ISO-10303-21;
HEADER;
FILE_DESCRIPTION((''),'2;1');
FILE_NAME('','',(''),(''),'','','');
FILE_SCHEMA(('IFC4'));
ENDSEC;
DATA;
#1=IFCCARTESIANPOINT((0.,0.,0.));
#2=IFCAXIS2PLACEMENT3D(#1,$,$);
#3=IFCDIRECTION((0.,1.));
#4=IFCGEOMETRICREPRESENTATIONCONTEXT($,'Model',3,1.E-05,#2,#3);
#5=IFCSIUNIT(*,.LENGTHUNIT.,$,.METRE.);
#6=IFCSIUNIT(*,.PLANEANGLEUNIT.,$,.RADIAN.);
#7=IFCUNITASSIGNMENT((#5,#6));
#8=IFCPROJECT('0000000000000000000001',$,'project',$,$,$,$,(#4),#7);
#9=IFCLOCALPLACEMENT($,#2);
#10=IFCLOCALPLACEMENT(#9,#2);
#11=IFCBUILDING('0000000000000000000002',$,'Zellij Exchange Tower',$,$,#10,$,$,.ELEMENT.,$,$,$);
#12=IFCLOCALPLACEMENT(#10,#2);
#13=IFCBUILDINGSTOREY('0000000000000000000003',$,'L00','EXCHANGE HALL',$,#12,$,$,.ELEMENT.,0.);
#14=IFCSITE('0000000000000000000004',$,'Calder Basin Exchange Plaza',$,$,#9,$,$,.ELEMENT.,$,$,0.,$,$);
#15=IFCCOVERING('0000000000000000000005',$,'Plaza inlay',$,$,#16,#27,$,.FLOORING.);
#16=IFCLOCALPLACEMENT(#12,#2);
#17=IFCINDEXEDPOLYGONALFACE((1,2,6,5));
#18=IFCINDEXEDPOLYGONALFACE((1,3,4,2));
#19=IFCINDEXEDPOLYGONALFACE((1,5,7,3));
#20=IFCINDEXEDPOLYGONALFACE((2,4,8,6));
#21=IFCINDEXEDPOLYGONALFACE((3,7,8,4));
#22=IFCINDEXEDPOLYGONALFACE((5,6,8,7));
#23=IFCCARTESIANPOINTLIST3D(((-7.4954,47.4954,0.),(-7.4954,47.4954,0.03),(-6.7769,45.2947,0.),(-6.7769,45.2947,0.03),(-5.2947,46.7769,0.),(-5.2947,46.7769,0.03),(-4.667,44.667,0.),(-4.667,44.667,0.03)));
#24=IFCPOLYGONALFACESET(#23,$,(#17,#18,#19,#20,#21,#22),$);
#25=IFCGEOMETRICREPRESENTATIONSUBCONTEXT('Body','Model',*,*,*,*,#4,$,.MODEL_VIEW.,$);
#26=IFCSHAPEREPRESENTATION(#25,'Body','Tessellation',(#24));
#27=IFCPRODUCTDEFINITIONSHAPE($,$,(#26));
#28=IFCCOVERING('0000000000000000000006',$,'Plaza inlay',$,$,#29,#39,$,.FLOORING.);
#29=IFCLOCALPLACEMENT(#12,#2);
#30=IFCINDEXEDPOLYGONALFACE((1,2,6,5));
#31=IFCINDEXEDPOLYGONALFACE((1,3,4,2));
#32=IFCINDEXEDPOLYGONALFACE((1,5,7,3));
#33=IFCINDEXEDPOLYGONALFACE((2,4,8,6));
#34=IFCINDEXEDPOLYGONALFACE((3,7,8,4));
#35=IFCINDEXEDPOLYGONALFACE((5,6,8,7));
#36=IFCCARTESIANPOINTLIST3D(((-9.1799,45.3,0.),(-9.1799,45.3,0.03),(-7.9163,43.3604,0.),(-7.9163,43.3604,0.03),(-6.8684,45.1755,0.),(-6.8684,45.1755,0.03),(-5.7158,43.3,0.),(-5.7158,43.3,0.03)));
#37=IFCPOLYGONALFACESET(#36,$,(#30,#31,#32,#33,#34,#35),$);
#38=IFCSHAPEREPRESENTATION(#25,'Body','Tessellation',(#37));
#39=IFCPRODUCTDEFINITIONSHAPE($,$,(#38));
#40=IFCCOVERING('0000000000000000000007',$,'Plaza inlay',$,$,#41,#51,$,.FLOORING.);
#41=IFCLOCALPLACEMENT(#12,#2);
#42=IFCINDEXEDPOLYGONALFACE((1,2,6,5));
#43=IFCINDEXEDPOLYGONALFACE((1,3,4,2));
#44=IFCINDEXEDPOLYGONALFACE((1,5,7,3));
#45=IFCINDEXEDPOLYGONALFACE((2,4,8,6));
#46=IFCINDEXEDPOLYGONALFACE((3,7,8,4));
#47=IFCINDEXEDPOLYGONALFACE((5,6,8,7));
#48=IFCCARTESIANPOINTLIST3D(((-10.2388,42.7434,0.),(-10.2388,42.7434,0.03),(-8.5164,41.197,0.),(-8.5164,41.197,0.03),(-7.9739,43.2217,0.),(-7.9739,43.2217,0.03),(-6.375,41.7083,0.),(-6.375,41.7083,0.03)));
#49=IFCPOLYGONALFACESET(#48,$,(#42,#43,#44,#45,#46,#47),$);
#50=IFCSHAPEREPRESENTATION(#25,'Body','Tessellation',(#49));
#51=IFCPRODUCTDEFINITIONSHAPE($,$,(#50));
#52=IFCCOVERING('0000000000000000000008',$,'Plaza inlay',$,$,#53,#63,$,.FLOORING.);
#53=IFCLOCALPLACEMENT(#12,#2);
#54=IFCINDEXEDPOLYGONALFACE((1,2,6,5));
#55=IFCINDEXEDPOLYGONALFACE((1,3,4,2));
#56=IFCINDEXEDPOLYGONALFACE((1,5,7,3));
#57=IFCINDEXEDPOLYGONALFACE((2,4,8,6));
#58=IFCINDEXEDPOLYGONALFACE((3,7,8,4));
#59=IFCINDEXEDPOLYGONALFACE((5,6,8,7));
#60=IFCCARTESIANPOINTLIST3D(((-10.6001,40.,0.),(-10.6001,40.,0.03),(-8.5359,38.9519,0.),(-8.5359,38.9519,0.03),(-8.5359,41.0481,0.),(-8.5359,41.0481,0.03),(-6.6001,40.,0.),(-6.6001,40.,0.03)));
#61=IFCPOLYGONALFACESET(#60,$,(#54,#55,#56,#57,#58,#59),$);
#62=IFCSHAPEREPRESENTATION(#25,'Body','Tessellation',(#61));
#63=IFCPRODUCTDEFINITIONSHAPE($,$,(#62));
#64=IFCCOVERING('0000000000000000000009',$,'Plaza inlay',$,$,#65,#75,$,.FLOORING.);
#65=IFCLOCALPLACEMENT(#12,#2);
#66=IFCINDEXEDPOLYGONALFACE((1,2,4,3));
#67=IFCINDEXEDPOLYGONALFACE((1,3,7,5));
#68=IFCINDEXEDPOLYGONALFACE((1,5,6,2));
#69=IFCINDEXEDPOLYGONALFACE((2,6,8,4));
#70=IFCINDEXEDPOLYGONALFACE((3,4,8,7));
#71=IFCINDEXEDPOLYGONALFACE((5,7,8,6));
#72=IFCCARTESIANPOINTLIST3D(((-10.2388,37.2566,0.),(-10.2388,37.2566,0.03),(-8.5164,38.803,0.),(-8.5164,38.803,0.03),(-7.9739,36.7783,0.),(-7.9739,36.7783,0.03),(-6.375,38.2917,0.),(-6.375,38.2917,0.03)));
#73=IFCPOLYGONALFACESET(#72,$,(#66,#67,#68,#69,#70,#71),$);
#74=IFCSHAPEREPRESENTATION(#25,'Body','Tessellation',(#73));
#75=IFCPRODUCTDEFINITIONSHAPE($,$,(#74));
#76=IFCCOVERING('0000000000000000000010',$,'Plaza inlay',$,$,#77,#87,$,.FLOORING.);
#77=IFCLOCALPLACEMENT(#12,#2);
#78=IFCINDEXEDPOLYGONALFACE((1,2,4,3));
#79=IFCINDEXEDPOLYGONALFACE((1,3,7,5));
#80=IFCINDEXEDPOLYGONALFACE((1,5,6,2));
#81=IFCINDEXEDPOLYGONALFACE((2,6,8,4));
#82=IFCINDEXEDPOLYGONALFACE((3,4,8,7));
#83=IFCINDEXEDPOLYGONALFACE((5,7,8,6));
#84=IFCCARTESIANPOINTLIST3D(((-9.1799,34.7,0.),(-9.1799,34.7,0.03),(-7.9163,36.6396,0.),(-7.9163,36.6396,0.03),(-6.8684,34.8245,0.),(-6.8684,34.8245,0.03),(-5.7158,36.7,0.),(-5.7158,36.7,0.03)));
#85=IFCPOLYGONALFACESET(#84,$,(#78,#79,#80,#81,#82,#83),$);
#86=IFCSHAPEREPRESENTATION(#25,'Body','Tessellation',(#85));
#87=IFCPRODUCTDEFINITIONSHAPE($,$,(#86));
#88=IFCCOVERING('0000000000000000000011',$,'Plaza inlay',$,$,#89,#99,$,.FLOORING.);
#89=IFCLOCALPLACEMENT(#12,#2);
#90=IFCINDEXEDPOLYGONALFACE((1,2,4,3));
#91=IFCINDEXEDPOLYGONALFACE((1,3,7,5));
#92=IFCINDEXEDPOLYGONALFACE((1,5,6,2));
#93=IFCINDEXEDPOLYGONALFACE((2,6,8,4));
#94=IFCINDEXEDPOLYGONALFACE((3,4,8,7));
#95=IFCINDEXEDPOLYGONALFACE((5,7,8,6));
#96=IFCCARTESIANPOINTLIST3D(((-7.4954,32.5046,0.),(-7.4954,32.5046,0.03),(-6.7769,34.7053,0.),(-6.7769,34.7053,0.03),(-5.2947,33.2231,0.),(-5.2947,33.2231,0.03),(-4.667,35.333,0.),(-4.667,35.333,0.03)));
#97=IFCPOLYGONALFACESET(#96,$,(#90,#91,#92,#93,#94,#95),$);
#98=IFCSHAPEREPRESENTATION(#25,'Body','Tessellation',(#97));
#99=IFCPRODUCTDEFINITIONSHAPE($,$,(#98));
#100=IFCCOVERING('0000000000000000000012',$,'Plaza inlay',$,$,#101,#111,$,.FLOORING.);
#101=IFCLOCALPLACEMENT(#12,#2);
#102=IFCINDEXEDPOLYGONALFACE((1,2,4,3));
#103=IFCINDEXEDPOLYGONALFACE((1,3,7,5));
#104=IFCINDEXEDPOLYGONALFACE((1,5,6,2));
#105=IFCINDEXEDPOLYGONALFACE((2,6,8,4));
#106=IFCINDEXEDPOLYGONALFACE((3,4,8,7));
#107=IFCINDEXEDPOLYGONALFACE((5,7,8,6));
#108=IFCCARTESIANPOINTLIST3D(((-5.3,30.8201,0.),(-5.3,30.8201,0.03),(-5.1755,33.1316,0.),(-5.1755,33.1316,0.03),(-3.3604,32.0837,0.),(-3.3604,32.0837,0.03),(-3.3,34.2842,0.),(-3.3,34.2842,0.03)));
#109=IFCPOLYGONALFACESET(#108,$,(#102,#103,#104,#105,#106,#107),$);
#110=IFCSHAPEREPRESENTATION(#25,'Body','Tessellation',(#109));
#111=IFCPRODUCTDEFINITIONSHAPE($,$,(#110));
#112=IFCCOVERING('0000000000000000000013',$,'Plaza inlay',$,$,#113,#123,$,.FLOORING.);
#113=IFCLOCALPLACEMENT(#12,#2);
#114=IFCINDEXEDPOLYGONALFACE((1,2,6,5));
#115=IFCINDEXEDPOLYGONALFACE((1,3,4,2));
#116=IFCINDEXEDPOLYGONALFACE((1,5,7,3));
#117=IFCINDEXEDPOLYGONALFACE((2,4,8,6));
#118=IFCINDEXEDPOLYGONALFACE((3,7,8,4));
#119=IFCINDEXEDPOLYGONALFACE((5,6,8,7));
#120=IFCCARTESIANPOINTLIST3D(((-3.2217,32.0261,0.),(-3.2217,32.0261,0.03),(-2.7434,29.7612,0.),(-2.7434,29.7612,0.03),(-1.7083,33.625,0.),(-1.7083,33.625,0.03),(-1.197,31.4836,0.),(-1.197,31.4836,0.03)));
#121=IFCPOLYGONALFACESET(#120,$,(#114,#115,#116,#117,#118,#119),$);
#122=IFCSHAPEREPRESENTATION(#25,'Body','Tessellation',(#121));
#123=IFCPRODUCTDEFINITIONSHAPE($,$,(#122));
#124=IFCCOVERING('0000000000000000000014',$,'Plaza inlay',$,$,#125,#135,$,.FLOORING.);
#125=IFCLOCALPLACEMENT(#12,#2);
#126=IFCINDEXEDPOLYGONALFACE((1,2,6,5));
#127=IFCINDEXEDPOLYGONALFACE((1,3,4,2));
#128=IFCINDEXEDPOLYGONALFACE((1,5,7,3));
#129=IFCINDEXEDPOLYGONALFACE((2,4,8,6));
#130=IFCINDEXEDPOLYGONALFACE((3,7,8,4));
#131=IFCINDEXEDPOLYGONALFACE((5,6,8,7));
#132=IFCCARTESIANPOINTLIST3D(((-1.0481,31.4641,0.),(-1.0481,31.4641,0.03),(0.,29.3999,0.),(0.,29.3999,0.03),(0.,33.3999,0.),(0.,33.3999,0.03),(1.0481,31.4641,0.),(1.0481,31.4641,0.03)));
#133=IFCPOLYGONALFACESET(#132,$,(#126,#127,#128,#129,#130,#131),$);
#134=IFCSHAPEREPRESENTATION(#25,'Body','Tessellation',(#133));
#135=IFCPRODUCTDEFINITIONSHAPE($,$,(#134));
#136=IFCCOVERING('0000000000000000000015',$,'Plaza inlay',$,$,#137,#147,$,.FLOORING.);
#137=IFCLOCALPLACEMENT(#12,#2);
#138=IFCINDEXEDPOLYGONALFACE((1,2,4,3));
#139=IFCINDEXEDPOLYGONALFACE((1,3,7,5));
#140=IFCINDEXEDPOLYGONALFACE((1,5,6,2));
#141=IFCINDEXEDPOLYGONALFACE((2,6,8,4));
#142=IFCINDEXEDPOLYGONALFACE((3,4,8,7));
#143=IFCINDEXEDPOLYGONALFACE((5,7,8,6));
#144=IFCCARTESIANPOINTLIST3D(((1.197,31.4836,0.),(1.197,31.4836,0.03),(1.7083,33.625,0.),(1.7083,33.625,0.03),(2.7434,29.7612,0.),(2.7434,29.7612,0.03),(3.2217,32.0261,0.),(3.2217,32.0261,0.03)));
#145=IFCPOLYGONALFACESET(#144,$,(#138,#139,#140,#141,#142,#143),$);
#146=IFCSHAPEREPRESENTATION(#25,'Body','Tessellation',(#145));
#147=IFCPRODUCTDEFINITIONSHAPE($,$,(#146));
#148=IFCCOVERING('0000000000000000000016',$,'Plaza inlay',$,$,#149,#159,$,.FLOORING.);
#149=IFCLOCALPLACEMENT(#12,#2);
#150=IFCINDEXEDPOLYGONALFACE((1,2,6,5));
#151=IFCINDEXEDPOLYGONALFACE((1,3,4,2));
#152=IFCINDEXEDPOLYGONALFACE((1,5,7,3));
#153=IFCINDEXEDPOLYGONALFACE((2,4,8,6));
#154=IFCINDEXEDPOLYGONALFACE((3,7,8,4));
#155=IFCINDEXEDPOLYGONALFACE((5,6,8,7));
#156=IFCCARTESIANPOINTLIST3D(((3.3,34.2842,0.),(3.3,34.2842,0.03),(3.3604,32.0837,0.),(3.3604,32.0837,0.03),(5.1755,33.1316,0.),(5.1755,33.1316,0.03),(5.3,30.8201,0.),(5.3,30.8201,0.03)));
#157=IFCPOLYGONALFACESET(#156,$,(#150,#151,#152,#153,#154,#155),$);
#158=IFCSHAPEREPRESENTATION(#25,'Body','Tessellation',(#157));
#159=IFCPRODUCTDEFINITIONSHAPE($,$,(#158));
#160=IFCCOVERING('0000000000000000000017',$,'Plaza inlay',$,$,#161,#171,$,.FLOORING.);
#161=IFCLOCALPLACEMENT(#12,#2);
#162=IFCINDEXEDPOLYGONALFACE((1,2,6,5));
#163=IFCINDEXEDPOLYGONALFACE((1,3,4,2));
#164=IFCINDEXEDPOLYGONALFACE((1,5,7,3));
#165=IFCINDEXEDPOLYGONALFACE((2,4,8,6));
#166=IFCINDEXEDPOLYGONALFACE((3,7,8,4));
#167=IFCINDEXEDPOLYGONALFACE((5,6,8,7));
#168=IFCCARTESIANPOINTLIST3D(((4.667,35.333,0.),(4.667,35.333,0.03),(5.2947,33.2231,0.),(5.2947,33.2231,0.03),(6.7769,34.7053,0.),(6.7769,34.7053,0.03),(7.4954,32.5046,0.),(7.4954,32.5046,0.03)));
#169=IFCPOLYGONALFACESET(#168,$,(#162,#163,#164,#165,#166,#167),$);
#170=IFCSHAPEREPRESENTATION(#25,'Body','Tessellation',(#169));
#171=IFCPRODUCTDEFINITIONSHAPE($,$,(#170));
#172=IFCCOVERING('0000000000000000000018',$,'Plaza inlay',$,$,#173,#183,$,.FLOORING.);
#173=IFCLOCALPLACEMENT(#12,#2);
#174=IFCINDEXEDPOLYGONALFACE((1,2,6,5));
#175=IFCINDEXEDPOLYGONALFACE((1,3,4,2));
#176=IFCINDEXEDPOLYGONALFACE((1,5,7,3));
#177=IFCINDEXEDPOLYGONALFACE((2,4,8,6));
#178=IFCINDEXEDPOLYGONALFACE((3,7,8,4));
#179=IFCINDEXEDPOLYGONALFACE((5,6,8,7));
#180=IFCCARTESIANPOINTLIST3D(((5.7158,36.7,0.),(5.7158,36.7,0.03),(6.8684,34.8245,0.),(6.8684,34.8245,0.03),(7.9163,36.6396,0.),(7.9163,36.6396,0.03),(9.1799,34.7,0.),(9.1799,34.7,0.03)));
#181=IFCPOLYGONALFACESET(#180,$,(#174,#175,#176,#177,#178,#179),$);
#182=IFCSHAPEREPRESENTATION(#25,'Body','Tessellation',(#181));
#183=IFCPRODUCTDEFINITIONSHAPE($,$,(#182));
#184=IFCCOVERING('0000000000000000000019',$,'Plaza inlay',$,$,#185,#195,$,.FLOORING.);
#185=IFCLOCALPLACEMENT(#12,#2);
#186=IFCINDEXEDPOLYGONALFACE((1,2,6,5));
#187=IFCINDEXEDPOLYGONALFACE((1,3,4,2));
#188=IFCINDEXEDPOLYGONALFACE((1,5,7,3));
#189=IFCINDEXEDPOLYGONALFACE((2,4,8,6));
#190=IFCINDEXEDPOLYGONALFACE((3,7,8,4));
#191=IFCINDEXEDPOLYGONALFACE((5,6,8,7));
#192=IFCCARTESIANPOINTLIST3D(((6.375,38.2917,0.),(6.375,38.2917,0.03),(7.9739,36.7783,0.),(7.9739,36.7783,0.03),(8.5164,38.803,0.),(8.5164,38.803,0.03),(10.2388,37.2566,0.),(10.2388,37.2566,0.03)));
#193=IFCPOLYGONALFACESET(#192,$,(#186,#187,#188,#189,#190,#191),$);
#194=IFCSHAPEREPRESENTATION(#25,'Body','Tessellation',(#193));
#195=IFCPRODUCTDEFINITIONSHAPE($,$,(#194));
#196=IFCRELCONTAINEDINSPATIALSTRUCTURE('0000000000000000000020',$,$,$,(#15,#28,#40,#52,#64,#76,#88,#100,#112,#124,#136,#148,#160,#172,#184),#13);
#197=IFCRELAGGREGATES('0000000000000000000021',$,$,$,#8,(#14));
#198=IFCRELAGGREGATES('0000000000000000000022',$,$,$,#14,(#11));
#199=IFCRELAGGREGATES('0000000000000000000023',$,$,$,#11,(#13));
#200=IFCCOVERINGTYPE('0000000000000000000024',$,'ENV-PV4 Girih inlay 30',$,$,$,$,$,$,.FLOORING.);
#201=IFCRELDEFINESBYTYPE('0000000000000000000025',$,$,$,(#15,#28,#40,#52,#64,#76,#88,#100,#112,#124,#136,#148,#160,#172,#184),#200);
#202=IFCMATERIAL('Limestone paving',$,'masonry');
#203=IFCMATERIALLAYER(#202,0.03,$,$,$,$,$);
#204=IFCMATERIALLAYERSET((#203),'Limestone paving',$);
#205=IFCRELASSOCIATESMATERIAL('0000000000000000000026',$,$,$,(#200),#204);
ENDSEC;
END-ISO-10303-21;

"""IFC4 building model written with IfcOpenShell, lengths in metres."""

from ifc_helpers import new_model, si_unit, direction, origin, place, context, subcontext, project, spatial, polyline, outline, extrude, material, layer, layer_set, type_object, element, save


model = new_model("IFC4")

# Units and contexts
model_context = context("Model", 3, precision=1e-05, world=origin(), true_north=direction((0.0, 1.0)))
body_context = subcontext(model_context, "Body", "Model", "MODEL_VIEW")
ifc_project = project(units=[si_unit("LENGTHUNIT", "METRE"), si_unit("PLANEANGLEUNIT", "RADIAN")], contexts=[model_context])

# Site, building, storey
site_placement = place(None, origin())
site = spatial("IfcSite", under=ifc_project, at=site_placement, Name="Calder Basin Exchange Plaza", CompositionType="ELEMENT", RefElevation=0.0)
building_placement = place(site_placement, origin())
building = spatial("IfcBuilding", under=site, at=building_placement, Name="Zellij Exchange Tower", CompositionType="ELEMENT")
storey_placement = place(building_placement, origin())
storey = spatial("IfcBuildingStorey", under=building, at=storey_placement, Name="L00", Description="EXCHANGE HALL", CompositionType="ELEMENT", Elevation=0.0)

# Coverings
ifc_material = material(Name="Limestone paving", Category="masonry")
ifc_layer = layer(ifc_material, 0.03)
ifc_layer_set = layer_set([ifc_layer], Name="Limestone paving")
covering_type = type_object("IfcCoveringType", Name="ENV-PV4 Girih inlay 30", PredefinedType="FLOORING", material=ifc_layer_set)
covering_1_placement = place(storey_placement, origin())
element("IfcCovering", 1, at=covering_1_placement, inside=storey, type_object=covering_type, Name="Plaza inlay", PredefinedType="FLOORING", context=body_context, shape_type="SweptSolid", body=[
    extrude(outline(polyline([(-4.667, 44.667), (-6.7769, 45.2947), (-7.4954, 47.4954), (-5.2947, 46.7769), (-4.667, 44.667)])), origin(), (0.0, 0.0, 1.0), 0.03),
])
covering_2_placement = place(storey_placement, origin())
element("IfcCovering", 2, at=covering_2_placement, inside=storey, type_object=covering_type, Name="Plaza inlay", PredefinedType="FLOORING", context=body_context, shape_type="SweptSolid", body=[
    extrude(outline(polyline([(-5.7158, 43.3), (-7.9163, 43.3604), (-9.1799, 45.3), (-6.8684, 45.1755), (-5.7158, 43.3)])), origin(), (0.0, 0.0, 1.0), 0.03),
])
covering_3_placement = place(storey_placement, origin())
element("IfcCovering", 3, at=covering_3_placement, inside=storey, type_object=covering_type, Name="Plaza inlay", PredefinedType="FLOORING", context=body_context, shape_type="SweptSolid", body=[
    extrude(outline(polyline([(-6.375, 41.7083), (-8.5164, 41.197), (-10.2388, 42.7434), (-7.9739, 43.2217), (-6.375, 41.7083)])), origin(), (0.0, 0.0, 1.0), 0.03),
])
covering_4_placement = place(storey_placement, origin())
element("IfcCovering", 4, at=covering_4_placement, inside=storey, type_object=covering_type, Name="Plaza inlay", PredefinedType="FLOORING", context=body_context, shape_type="SweptSolid", body=[
    extrude(outline(polyline([(-6.6001, 40.0), (-8.5359, 38.9519), (-10.6001, 40.0), (-8.5359, 41.0481), (-6.6001, 40.0)])), origin(), (0.0, 0.0, 1.0), 0.03),
])
covering_5_placement = place(storey_placement, origin())
element("IfcCovering", 5, at=covering_5_placement, inside=storey, type_object=covering_type, Name="Plaza inlay", PredefinedType="FLOORING", context=body_context, shape_type="SweptSolid", body=[
    extrude(outline(polyline([(-6.375, 38.2917), (-7.9739, 36.7783), (-10.2388, 37.2566), (-8.5164, 38.803), (-6.375, 38.2917)])), origin(), (0.0, 0.0, 1.0), 0.03),
])
covering_6_placement = place(storey_placement, origin())
element("IfcCovering", 6, at=covering_6_placement, inside=storey, type_object=covering_type, Name="Plaza inlay", PredefinedType="FLOORING", context=body_context, shape_type="SweptSolid", body=[
    extrude(outline(polyline([(-5.7158, 36.7), (-6.8684, 34.8245), (-9.1799, 34.7), (-7.9163, 36.6396), (-5.7158, 36.7)])), origin(), (0.0, 0.0, 1.0), 0.03),
])
covering_7_placement = place(storey_placement, origin())
element("IfcCovering", 7, at=covering_7_placement, inside=storey, type_object=covering_type, Name="Plaza inlay", PredefinedType="FLOORING", context=body_context, shape_type="SweptSolid", body=[
    extrude(outline(polyline([(-4.667, 35.333), (-5.2947, 33.2231), (-7.4954, 32.5046), (-6.7769, 34.7053), (-4.667, 35.333)])), origin(), (0.0, 0.0, 1.0), 0.03),
])
covering_8_placement = place(storey_placement, origin())
element("IfcCovering", 8, at=covering_8_placement, inside=storey, type_object=covering_type, Name="Plaza inlay", PredefinedType="FLOORING", context=body_context, shape_type="SweptSolid", body=[
    extrude(outline(polyline([(-3.3, 34.2842), (-3.3604, 32.0837), (-5.3, 30.8201), (-5.1755, 33.1316), (-3.3, 34.2842)])), origin(), (0.0, 0.0, 1.0), 0.03),
])
covering_9_placement = place(storey_placement, origin())
element("IfcCovering", 9, at=covering_9_placement, inside=storey, type_object=covering_type, Name="Plaza inlay", PredefinedType="FLOORING", context=body_context, shape_type="SweptSolid", body=[
    extrude(outline(polyline([(-1.7083, 33.625), (-1.197, 31.4836), (-2.7434, 29.7612), (-3.2217, 32.0261), (-1.7083, 33.625)])), origin(), (0.0, 0.0, 1.0), 0.03),
])
covering_10_placement = place(storey_placement, origin())
element("IfcCovering", 10, at=covering_10_placement, inside=storey, type_object=covering_type, Name="Plaza inlay", PredefinedType="FLOORING", context=body_context, shape_type="SweptSolid", body=[
    extrude(outline(polyline([(0.0, 33.3999), (1.0481, 31.4641), (0.0, 29.3999), (-1.0481, 31.4641), (0.0, 33.3999)])), origin(), (0.0, 0.0, 1.0), 0.03),
])
covering_11_placement = place(storey_placement, origin())
element("IfcCovering", 11, at=covering_11_placement, inside=storey, type_object=covering_type, Name="Plaza inlay", PredefinedType="FLOORING", context=body_context, shape_type="SweptSolid", body=[
    extrude(outline(polyline([(1.7083, 33.625), (3.2217, 32.0261), (2.7434, 29.7612), (1.197, 31.4836), (1.7083, 33.625)])), origin(), (0.0, 0.0, 1.0), 0.03),
])
covering_12_placement = place(storey_placement, origin())
element("IfcCovering", 12, at=covering_12_placement, inside=storey, type_object=covering_type, Name="Plaza inlay", PredefinedType="FLOORING", context=body_context, shape_type="SweptSolid", body=[
    extrude(outline(polyline([(3.3, 34.2842), (5.1755, 33.1316), (5.3, 30.8201), (3.3604, 32.0837), (3.3, 34.2842)])), origin(), (0.0, 0.0, 1.0), 0.03),
])
covering_13_placement = place(storey_placement, origin())
element("IfcCovering", 13, at=covering_13_placement, inside=storey, type_object=covering_type, Name="Plaza inlay", PredefinedType="FLOORING", context=body_context, shape_type="SweptSolid", body=[
    extrude(outline(polyline([(4.667, 35.333), (6.7769, 34.7053), (7.4954, 32.5046), (5.2947, 33.2231), (4.667, 35.333)])), origin(), (0.0, 0.0, 1.0), 0.03),
])
covering_14_placement = place(storey_placement, origin())
element("IfcCovering", 14, at=covering_14_placement, inside=storey, type_object=covering_type, Name="Plaza inlay", PredefinedType="FLOORING", context=body_context, shape_type="SweptSolid", body=[
    extrude(outline(polyline([(5.7158, 36.7), (7.9163, 36.6396), (9.1799, 34.7), (6.8684, 34.8245), (5.7158, 36.7)])), origin(), (0.0, 0.0, 1.0), 0.03),
])
covering_15_placement = place(storey_placement, origin())
element("IfcCovering", 15, at=covering_15_placement, inside=storey, type_object=covering_type, Name="Plaza inlay", PredefinedType="FLOORING", context=body_context, shape_type="SweptSolid", body=[
    extrude(outline(polyline([(6.375, 38.2917), (8.5164, 38.803), (10.2388, 37.2566), (7.9739, 36.7783), (6.375, 38.2917)])), origin(), (0.0, 0.0, 1.0), 0.03),
])

save(model, "model.ifc")
